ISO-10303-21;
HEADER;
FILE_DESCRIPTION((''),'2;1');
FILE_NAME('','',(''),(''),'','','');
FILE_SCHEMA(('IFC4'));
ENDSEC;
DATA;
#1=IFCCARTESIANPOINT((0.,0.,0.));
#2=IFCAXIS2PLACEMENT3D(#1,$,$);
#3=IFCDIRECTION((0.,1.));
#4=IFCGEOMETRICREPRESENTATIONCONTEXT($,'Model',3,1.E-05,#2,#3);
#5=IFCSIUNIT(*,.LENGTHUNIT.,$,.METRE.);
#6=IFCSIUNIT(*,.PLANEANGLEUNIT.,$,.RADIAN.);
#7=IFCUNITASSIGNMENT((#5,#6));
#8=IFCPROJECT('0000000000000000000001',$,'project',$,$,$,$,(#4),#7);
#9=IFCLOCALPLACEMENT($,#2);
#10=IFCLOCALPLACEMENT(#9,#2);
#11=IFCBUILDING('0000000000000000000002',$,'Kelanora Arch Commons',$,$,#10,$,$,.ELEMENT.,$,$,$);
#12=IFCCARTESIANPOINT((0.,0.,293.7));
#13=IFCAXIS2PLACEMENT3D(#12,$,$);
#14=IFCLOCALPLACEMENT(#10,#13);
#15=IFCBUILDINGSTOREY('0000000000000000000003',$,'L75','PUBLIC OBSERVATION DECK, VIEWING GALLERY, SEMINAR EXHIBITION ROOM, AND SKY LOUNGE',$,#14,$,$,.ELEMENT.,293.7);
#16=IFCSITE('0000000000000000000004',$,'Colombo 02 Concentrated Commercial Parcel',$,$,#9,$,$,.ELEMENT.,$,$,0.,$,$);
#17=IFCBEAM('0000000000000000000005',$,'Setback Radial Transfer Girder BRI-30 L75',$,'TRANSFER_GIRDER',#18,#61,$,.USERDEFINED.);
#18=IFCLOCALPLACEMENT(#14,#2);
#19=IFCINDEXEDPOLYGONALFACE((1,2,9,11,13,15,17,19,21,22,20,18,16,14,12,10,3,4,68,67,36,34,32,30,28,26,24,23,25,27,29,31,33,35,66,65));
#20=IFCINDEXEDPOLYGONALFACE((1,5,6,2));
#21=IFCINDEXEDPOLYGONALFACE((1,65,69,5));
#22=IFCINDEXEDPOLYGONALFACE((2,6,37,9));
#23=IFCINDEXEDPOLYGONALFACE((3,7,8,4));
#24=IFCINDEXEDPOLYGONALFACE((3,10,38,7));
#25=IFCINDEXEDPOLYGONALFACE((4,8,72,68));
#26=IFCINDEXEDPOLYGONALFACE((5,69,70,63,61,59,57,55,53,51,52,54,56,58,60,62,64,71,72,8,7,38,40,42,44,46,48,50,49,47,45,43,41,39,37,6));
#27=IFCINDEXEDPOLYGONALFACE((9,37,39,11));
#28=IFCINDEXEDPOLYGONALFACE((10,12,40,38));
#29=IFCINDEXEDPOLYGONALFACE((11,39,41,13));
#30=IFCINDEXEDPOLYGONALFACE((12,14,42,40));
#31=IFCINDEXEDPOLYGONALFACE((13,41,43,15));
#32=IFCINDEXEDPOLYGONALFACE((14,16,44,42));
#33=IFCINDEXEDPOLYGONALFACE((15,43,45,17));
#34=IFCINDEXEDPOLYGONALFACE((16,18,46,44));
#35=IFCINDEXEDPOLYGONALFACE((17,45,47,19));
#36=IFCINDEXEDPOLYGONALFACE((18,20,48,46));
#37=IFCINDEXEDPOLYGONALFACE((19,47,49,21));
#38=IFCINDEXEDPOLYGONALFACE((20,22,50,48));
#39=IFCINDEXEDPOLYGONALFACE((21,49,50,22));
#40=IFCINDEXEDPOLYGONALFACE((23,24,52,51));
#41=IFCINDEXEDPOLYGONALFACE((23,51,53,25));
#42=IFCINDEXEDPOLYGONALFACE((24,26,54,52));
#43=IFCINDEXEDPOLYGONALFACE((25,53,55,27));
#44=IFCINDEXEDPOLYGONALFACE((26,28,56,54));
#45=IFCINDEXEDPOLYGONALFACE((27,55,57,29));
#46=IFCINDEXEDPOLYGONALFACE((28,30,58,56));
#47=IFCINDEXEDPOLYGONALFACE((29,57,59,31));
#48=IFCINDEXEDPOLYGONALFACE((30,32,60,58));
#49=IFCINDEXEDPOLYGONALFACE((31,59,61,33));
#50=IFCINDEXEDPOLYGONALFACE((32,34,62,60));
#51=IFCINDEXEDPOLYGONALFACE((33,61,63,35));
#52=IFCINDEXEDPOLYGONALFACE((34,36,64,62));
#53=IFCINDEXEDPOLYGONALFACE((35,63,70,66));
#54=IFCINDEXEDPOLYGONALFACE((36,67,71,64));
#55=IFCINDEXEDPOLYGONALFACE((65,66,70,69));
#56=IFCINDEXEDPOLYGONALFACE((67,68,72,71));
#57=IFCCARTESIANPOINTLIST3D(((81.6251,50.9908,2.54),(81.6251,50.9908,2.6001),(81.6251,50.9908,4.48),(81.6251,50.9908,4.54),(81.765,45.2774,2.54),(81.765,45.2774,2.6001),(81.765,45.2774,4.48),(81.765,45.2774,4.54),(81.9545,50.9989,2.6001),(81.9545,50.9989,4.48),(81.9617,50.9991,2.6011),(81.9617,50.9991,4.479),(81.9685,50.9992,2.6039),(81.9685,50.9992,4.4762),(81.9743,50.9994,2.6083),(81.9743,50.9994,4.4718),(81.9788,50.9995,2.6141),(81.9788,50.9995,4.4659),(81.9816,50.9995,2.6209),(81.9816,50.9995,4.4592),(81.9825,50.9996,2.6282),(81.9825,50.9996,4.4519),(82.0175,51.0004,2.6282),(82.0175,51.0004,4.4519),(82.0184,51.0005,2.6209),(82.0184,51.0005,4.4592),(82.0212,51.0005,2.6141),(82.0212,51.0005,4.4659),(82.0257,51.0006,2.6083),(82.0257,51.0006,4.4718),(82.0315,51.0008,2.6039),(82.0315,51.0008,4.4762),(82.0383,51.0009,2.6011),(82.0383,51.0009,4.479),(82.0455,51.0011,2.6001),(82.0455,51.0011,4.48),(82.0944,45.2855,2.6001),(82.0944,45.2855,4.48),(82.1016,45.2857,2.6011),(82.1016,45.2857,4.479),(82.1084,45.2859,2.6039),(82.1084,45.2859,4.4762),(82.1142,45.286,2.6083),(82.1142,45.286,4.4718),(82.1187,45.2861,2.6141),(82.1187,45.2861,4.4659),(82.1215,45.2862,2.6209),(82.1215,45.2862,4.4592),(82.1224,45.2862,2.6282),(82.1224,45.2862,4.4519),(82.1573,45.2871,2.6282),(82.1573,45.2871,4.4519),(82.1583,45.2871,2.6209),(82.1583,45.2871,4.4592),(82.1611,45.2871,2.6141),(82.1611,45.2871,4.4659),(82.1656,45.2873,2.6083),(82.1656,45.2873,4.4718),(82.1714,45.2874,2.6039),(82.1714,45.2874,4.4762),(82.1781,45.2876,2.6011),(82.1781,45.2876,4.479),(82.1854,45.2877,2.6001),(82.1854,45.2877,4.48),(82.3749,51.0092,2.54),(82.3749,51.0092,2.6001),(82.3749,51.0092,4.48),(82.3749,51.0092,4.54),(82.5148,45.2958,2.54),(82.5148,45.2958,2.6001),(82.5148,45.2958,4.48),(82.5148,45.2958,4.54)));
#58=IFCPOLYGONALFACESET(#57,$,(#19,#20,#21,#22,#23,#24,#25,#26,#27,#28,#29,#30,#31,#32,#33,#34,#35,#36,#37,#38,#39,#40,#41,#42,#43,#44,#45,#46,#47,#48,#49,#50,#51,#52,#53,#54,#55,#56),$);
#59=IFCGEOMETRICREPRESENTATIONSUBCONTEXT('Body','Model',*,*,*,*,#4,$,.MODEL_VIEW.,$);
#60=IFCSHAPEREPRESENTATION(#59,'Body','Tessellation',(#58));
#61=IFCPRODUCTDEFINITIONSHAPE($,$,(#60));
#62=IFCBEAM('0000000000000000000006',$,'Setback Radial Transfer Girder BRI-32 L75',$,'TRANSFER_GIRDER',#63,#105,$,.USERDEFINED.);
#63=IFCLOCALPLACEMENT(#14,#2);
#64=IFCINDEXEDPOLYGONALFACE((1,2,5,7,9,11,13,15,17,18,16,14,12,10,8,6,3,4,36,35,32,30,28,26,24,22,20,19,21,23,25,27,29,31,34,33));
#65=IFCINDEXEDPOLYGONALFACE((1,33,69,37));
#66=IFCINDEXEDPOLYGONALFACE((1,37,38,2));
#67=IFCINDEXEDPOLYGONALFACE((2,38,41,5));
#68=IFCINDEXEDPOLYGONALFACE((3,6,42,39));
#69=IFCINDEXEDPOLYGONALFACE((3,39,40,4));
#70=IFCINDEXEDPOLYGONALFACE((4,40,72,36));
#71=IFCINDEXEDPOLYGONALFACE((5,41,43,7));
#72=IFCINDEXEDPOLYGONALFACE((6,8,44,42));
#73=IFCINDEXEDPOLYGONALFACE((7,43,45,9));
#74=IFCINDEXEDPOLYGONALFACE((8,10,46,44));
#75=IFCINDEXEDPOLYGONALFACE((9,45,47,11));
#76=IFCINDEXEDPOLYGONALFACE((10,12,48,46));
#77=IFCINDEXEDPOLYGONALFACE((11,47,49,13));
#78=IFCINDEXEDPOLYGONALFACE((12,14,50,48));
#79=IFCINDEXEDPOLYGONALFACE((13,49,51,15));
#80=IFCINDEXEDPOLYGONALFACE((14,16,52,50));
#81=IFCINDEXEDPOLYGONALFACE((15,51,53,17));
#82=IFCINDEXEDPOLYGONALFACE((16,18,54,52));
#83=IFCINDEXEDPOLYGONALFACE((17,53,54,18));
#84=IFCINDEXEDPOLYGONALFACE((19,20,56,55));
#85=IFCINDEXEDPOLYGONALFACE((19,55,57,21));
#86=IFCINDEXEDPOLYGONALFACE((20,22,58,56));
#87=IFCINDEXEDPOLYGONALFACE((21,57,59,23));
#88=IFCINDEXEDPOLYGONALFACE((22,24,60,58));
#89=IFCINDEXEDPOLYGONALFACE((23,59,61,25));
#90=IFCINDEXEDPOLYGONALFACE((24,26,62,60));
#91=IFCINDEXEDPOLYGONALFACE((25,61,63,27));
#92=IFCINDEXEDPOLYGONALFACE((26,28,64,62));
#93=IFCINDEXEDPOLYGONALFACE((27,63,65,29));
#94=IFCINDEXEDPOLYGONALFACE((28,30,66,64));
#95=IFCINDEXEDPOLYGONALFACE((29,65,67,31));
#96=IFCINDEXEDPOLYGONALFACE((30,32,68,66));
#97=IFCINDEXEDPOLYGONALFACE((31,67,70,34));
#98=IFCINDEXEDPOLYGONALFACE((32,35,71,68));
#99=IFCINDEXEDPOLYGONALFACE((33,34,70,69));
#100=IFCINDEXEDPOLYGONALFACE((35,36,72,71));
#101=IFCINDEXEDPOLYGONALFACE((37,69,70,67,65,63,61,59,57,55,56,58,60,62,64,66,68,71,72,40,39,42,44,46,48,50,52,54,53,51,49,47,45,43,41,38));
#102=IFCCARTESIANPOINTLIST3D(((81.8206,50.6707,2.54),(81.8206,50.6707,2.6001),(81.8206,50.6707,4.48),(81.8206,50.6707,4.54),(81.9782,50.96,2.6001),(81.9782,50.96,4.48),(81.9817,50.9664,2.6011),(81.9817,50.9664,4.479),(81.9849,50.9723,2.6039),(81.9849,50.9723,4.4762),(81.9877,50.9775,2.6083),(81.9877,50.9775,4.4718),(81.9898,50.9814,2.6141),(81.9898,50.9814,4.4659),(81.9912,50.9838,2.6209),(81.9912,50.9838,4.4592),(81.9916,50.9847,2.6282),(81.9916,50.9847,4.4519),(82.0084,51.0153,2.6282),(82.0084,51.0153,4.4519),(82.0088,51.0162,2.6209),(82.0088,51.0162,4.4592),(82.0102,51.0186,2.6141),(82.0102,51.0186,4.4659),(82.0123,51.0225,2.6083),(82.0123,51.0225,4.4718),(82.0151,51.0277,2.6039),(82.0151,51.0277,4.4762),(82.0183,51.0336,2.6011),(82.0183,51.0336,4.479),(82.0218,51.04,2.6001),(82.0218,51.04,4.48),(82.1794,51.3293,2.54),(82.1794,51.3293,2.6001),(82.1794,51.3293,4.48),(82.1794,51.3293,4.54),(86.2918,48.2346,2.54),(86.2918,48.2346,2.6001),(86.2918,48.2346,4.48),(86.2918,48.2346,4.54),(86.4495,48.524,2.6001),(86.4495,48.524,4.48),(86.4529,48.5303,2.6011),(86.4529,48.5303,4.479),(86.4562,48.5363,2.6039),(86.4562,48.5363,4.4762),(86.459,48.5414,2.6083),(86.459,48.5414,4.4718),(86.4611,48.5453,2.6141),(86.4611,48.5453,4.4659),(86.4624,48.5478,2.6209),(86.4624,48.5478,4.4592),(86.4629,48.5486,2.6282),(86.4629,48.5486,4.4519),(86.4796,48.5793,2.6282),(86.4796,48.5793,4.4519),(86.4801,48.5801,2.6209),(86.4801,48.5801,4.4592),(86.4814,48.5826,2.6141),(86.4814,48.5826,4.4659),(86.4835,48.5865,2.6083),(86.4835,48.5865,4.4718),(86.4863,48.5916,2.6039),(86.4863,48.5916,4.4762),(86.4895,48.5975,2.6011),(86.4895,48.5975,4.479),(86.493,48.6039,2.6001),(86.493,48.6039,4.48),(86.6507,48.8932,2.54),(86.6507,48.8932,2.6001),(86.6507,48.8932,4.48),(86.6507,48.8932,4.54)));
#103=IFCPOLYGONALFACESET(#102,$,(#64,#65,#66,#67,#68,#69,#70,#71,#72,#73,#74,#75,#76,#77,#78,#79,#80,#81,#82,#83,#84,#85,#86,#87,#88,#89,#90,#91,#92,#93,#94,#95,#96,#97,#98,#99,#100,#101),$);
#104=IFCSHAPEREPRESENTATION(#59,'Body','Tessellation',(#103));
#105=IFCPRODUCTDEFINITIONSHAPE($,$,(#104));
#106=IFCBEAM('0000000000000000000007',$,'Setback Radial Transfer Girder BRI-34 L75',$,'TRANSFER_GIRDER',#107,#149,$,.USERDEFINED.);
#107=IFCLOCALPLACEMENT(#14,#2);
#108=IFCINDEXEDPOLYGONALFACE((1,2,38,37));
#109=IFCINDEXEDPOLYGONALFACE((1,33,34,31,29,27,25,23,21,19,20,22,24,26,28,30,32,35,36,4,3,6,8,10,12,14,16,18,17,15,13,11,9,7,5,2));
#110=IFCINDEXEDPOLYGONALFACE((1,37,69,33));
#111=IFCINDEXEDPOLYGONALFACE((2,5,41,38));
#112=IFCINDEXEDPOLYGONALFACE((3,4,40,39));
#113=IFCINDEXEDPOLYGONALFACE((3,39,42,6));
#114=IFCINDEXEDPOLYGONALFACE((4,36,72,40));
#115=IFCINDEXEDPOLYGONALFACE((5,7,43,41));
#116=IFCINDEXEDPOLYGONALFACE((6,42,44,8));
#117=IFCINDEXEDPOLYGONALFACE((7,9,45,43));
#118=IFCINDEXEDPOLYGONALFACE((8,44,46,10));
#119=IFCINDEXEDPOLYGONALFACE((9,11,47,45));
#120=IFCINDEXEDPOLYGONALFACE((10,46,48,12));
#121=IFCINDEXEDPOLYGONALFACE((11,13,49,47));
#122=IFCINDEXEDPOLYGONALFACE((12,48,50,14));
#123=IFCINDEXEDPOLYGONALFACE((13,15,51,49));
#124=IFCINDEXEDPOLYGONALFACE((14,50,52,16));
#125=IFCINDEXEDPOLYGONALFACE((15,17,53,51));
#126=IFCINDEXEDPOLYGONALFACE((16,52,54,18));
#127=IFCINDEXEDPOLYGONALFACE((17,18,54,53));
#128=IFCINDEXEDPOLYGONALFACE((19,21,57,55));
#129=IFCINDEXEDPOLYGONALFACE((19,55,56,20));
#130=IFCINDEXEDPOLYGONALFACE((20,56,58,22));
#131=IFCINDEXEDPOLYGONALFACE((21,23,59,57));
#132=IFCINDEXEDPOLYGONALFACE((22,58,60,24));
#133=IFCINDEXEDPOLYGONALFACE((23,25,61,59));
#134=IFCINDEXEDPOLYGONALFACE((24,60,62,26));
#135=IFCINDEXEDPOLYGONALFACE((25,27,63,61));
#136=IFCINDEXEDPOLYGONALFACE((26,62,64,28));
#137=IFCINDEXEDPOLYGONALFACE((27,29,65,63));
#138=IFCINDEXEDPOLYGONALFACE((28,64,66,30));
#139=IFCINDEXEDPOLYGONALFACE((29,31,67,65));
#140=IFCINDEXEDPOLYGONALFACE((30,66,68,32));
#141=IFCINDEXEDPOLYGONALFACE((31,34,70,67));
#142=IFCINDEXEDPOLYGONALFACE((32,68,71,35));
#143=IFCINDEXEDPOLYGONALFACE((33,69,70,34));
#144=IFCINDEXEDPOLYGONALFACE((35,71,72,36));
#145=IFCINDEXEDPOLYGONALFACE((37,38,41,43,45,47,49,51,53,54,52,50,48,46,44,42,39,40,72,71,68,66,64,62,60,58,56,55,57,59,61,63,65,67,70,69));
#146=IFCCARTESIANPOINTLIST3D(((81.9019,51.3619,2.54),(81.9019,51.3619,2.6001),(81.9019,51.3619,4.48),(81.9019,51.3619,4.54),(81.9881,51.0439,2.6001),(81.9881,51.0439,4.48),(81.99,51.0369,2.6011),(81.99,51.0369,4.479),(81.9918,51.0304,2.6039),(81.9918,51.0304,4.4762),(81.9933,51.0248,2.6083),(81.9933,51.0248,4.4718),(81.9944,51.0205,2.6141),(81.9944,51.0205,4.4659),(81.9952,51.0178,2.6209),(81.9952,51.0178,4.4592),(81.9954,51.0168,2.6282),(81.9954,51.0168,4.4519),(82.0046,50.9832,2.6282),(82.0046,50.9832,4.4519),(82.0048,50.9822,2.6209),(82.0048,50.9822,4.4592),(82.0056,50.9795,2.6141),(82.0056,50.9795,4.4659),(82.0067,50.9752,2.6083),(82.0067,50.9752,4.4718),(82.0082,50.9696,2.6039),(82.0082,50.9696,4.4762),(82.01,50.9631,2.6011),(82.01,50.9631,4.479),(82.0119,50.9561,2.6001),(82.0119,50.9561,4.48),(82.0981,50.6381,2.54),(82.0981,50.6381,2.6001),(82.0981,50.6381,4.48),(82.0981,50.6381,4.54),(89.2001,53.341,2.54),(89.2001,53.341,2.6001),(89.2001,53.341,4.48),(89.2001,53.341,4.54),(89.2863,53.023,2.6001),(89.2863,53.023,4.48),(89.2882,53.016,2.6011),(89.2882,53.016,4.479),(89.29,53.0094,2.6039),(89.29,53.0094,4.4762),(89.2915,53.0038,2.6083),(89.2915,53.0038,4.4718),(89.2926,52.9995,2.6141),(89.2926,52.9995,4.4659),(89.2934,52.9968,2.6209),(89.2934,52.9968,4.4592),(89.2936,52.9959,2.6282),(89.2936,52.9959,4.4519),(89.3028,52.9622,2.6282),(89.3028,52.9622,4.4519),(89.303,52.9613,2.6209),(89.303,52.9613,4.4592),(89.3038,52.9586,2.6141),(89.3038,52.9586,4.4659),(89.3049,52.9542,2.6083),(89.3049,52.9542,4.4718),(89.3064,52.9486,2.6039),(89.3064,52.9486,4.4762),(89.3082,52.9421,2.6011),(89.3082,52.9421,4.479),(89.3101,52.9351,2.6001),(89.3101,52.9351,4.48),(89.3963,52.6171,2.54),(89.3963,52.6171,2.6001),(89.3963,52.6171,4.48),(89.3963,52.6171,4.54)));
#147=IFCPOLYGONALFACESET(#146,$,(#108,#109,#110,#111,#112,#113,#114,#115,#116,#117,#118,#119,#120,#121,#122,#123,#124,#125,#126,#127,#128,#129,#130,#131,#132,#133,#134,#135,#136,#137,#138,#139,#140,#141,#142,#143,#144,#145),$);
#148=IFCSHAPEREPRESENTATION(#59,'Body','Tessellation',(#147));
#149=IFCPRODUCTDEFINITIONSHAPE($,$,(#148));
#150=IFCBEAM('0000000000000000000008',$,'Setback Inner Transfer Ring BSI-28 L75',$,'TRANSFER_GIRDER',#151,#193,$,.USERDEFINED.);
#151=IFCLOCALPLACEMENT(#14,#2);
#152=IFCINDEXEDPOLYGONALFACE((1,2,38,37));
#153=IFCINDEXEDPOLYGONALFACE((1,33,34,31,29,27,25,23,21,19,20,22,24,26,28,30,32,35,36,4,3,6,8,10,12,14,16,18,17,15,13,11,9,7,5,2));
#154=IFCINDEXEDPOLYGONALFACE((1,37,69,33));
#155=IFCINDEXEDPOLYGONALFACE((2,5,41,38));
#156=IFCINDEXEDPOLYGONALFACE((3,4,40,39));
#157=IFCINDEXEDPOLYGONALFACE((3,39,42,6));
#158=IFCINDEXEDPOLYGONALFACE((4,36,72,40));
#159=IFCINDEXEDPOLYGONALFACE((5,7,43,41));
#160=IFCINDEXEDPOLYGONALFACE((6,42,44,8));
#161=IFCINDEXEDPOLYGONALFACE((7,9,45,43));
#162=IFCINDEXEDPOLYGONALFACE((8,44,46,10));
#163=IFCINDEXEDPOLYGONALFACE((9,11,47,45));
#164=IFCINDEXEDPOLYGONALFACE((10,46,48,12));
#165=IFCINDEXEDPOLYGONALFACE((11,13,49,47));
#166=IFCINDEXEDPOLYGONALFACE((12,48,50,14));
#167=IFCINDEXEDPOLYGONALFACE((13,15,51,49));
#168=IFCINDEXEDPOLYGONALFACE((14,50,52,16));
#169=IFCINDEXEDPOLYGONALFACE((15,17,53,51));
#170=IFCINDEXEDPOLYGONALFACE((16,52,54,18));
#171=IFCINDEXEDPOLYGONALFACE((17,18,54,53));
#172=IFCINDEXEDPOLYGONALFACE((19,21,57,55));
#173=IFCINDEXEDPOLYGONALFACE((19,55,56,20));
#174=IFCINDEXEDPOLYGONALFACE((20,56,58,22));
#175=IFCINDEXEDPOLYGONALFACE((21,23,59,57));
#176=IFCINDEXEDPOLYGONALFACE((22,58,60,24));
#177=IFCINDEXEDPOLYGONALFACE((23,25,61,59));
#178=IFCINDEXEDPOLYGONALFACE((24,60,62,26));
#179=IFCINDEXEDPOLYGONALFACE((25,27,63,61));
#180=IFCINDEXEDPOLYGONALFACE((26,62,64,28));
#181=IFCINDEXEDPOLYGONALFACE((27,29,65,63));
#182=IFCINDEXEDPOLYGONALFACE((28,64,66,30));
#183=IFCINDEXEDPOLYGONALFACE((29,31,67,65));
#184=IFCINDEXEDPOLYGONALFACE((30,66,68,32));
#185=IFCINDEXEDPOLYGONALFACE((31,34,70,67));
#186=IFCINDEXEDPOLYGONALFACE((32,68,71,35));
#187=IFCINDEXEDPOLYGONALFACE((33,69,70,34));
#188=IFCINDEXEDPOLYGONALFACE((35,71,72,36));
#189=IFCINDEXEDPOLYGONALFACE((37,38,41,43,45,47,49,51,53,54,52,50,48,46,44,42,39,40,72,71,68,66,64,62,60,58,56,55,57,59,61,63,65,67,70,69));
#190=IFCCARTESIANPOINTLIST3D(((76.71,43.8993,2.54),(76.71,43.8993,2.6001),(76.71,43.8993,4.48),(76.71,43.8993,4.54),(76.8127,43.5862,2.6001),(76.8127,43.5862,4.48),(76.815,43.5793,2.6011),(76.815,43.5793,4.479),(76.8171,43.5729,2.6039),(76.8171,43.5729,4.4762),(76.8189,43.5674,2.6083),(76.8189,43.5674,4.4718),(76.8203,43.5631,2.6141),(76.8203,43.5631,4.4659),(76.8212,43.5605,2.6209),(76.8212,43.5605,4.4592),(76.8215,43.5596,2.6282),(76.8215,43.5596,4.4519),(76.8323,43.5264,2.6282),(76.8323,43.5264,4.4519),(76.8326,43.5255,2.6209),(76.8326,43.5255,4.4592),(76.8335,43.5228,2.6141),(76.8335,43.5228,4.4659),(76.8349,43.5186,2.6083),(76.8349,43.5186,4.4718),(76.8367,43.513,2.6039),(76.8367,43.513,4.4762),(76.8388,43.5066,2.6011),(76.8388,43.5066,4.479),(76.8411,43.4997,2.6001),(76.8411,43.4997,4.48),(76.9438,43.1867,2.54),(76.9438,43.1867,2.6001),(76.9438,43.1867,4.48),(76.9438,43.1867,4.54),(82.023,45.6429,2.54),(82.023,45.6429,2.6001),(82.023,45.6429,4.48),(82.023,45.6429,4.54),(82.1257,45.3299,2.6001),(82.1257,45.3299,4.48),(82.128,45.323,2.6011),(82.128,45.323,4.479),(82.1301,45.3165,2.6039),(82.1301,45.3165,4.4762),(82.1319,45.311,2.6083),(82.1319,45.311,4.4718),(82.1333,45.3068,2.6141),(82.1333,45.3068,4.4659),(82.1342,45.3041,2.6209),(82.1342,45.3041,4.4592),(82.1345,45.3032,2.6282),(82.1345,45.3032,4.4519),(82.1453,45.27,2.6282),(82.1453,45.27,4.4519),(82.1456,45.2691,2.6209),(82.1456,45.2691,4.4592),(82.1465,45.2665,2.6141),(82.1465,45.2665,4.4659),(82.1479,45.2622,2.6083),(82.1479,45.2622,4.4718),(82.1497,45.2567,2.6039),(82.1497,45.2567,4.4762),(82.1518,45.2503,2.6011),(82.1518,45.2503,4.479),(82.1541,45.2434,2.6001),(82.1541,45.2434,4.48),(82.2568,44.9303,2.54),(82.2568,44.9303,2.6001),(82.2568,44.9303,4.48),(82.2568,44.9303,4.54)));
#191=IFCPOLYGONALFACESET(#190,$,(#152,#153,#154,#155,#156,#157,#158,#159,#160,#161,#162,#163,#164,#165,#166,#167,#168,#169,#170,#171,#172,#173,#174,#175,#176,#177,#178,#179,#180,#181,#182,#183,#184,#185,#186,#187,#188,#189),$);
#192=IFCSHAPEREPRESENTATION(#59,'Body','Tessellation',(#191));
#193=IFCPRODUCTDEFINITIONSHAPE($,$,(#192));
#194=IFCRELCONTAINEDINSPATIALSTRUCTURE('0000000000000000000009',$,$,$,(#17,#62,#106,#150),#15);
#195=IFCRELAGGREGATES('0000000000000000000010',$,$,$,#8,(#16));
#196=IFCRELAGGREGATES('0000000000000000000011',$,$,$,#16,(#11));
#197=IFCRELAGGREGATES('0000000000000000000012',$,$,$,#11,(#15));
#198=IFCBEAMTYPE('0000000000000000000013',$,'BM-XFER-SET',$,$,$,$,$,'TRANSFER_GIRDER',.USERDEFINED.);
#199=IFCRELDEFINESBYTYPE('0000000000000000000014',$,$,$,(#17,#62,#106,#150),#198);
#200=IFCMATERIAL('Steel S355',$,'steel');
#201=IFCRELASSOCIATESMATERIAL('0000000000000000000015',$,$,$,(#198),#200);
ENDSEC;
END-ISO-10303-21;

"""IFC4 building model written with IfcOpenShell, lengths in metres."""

from ifc_helpers import new_model, si_unit, direction, frame, origin, origin_2d, place, context, subcontext, project, spatial, i_section, extrude, material, material_profile, profile_set, type_object, element, save


model = new_model("IFC4")

# Units and contexts
model_context = context("Model", 3, precision=1e-05, world=origin(), true_north=direction((0.0, 1.0)))
body_context = subcontext(model_context, "Body", "Model", "MODEL_VIEW")
ifc_project = project(units=[si_unit("LENGTHUNIT", "METRE"), si_unit("PLANEANGLEUNIT", "RADIAN")], contexts=[model_context])

# Site, building, storey
site_placement = place(None, origin())
site = spatial("IfcSite", under=ifc_project, at=site_placement, Name="Colombo 02 Concentrated Commercial Parcel", CompositionType="ELEMENT", RefElevation=0.0)
building_placement = place(site_placement, origin())
building = spatial("IfcBuilding", under=site, at=building_placement, Name="Kelanora Arch Commons", CompositionType="ELEMENT")
storey_placement = place(building_placement, frame((0.0, 0.0, 293.7)))
storey = spatial("IfcBuildingStorey", under=building, at=storey_placement, Name="L75", Description="PUBLIC OBSERVATION DECK, VIEWING GALLERY, SEMINAR EXHIBITION ROOM, AND SKY LOUNGE", CompositionType="ELEMENT", Elevation=293.7)

# Beams
ifc_material_1 = material(Name="Steel S355", Category="steel")
ifc_material_profile_1 = material_profile(ifc_material_1, i_section(OverallWidth=0.75, OverallDepth=2.0, WebThickness=0.0349, FlangeThickness=0.0601, FilletRadius=0.0281, at=origin_2d()), Name="PG2000x750")
ifc_profile_set_1 = profile_set([ifc_material_profile_1], Name="Steel S355")
beam_type_1 = type_object("IfcBeamType", Name="BM-XFER-SET", ElementType="TRANSFER_GIRDER", PredefinedType="USERDEFINED", material=ifc_profile_set_1)
beam_1_placement = place(storey_placement, frame((82.0, 51.0, 3.54), z_axis=(0.024478, -0.9997, 0.0), x_axis=(0.9997, 0.024478, 0.0)))
element("IfcBeam", 1, at=beam_1_placement, inside=storey, type_object=beam_type_1, Name="Setback Radial Transfer Girder BRI-30 L75", ObjectType="TRANSFER_GIRDER", PredefinedType="USERDEFINED", context=body_context, shape_type="SweptSolid", body=[
    extrude(i_section(OverallWidth=0.75, OverallDepth=2.0, WebThickness=0.0349, FlangeThickness=0.0601, FilletRadius=0.0281, at=origin_2d()), origin(), (0.0, 0.0, 1.0), 5.7151),
])
beam_2_placement = place(storey_placement, frame((82.0, 51.0, 3.54), z_axis=(0.878126, -0.478429, 0.0), x_axis=(0.478429, 0.878126, 0.0)))
element("IfcBeam", 2, at=beam_2_placement, inside=storey, type_object=beam_type_1, Name="Setback Radial Transfer Girder BRI-32 L75", ObjectType="TRANSFER_GIRDER", PredefinedType="USERDEFINED", context=body_context, shape_type="SweptSolid", body=[
    extrude(i_section(OverallWidth=0.75, OverallDepth=2.0, WebThickness=0.0349, FlangeThickness=0.0601, FilletRadius=0.0281, at=origin_2d()), origin(), (0.0, 0.0, 1.0), 5.0918),
])
beam_3_placement = place(storey_placement, frame((82.0, 51.0, 3.54), z_axis=(0.965145, 0.261716, 0.0), x_axis=(-0.261716, 0.965145, 0.0)))
element("IfcBeam", 3, at=beam_3_placement, inside=storey, type_object=beam_type_1, Name="Setback Radial Transfer Girder BRI-34 L75", ObjectType="TRANSFER_GIRDER", PredefinedType="USERDEFINED", context=body_context, shape_type="SweptSolid", body=[
    extrude(i_section(OverallWidth=0.75, OverallDepth=2.0, WebThickness=0.0349, FlangeThickness=0.0601, FilletRadius=0.0281, at=origin_2d()), origin(), (0.0, 0.0, 1.0), 7.5618),
])
beam_4_placement = place(storey_placement, frame((76.8269, 43.543, 3.54), z_axis=(0.95014, 0.311823, 0.0), x_axis=(-0.311823, 0.95014, 0.0)))
element("IfcBeam", 4, at=beam_4_placement, inside=storey, type_object=beam_type_1, Name="Setback Inner Transfer Ring BSI-28 L75", ObjectType="TRANSFER_GIRDER", PredefinedType="USERDEFINED", context=body_context, shape_type="SweptSolid", body=[
    extrude(i_section(OverallWidth=0.75, OverallDepth=2.0, WebThickness=0.0349, FlangeThickness=0.0601, FilletRadius=0.0281, at=origin_2d()), origin(), (0.0, 0.0, 1.0), 5.5918),
])

save(model, "model.ifc")
